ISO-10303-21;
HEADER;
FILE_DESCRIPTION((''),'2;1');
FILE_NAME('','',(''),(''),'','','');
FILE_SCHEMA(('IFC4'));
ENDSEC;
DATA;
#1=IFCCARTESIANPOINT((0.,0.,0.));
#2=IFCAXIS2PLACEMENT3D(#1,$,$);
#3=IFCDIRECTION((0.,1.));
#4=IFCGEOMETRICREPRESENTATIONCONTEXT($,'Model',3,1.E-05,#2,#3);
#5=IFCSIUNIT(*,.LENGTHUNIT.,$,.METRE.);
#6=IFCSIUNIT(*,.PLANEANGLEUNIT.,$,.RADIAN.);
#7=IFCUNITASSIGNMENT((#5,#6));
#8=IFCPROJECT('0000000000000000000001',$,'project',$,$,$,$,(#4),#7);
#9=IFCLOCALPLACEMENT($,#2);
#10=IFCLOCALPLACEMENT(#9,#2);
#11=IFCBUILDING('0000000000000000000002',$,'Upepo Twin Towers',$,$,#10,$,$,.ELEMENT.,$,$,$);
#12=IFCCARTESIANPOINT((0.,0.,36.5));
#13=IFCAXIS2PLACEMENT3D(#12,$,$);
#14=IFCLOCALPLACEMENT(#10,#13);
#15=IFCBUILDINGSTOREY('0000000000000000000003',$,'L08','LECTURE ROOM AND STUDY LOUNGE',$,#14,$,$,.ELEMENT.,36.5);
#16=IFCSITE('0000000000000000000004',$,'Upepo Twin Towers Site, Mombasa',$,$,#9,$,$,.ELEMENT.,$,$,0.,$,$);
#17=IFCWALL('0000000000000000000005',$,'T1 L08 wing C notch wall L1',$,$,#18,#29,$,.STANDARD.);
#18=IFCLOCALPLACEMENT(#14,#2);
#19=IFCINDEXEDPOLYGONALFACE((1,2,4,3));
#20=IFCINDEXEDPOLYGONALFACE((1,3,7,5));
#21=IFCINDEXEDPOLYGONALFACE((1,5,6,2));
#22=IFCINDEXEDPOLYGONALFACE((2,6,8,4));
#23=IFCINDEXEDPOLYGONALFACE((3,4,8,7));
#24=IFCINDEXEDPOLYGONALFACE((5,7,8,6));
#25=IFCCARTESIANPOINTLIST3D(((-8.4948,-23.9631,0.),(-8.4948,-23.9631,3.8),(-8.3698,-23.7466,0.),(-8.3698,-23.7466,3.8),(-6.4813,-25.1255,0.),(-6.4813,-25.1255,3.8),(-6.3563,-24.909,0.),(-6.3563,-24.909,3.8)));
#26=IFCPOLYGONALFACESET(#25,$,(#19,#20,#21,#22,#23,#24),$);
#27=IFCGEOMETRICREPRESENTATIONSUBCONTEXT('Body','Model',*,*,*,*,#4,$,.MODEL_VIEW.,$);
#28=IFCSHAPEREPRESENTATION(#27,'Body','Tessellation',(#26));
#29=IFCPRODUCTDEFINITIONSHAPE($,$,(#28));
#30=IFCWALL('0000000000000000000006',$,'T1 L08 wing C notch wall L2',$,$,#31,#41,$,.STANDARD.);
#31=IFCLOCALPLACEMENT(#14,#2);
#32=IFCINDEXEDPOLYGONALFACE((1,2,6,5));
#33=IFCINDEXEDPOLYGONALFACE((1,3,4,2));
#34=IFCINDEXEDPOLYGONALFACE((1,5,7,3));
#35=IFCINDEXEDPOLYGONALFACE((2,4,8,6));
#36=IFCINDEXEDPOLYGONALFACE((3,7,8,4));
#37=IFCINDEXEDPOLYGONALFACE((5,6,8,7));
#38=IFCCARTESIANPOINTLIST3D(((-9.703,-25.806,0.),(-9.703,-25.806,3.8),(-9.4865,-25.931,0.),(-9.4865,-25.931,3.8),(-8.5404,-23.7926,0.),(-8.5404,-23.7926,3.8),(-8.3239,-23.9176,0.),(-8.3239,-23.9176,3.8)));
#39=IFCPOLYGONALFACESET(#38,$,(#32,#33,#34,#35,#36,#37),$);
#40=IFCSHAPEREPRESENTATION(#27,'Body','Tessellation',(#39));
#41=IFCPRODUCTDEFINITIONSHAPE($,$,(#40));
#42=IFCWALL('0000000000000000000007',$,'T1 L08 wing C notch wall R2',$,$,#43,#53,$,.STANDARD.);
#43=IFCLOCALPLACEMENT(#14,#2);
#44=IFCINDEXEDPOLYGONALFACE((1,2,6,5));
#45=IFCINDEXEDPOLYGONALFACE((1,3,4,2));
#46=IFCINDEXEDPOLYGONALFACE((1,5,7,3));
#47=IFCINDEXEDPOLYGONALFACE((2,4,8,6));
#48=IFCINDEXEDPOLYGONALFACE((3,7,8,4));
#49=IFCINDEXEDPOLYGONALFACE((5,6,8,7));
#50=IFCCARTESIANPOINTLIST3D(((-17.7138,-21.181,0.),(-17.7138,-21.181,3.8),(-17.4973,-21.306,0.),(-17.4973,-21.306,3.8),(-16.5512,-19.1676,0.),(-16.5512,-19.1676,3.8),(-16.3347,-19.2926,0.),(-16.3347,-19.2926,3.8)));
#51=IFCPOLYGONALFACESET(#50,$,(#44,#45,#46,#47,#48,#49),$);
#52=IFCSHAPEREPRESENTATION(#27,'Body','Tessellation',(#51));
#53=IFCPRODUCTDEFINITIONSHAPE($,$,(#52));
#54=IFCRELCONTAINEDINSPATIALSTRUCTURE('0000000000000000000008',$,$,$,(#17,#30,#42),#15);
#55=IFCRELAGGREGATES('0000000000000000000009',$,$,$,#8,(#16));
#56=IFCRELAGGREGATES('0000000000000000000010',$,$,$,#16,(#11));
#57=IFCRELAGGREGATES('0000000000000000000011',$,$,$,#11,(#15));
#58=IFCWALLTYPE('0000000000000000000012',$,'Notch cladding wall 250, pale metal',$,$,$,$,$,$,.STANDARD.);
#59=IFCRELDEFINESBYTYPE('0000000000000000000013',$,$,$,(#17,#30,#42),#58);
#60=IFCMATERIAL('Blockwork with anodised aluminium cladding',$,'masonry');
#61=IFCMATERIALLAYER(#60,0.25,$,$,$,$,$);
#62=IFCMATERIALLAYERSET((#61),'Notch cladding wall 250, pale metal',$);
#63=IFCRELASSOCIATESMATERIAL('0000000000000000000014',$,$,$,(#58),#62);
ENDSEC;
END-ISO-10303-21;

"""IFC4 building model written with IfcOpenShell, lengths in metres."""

from ifc_helpers import new_model, si_unit, direction, frame, frame_2d, origin, place, context, subcontext, project, spatial, rectangle, extrude, material, layer, layer_set, type_object, element, save


model = new_model("IFC4")

# Units and contexts
model_context = context("Model", 3, precision=1e-05, world=origin(), true_north=direction((0.0, 1.0)))
body_context = subcontext(model_context, "Body", "Model", "MODEL_VIEW")
ifc_project = project(units=[si_unit("LENGTHUNIT", "METRE"), si_unit("PLANEANGLEUNIT", "RADIAN")], contexts=[model_context])

# Site, building, storey
site_placement = place(None, origin())
site = spatial("IfcSite", under=ifc_project, at=site_placement, Name="Upepo Twin Towers Site, Mombasa", CompositionType="ELEMENT", RefElevation=0.0)
building_placement = place(site_placement, origin())
building = spatial("IfcBuilding", under=site, at=building_placement, Name="Upepo Twin Towers", CompositionType="ELEMENT")
storey_placement = place(building_placement, frame((0.0, 0.0, 36.5)))
storey = spatial("IfcBuildingStorey", under=building, at=storey_placement, Name="L08", Description="LECTURE ROOM AND STUDY LOUNGE", CompositionType="ELEMENT", Elevation=36.5)

# Walls
ifc_material_1 = material(Name="Blockwork with anodised aluminium cladding", Category="masonry")
ifc_layer_1 = layer(ifc_material_1, 0.25)
ifc_layer_set_1 = layer_set([ifc_layer_1], Name="Notch cladding wall 250, pale metal")
wall_type_1 = type_object("IfcWallType", Name="Notch cladding wall 250, pale metal", PredefinedType="STANDARD", material=ifc_layer_set_1)
for number, where, z_axis, x_axis, name in (
    (1, (-6.4187, -25.0173, 0.0), (0.0, 0.0, 1.0), (-0.866044, 0.499968, 0.0), "T1 L08 wing C notch wall L1"),
    (2, (-8.4321, -23.855, 0.0), (0.0, 0.0, 1.0), (-0.500047, -0.865998, 0.0), "T1 L08 wing C notch wall L2"),
    (3, (-16.4429, -19.23, 0.0), (0.0, 0.0, 1.0), (-0.500047, -0.865998, 0.0), "T1 L08 wing C notch wall R2"),
):
    element("IfcWall", number, at=place(storey_placement, frame(where, z_axis=z_axis, x_axis=x_axis)), inside=storey, type_object=wall_type_1, Name=name, PredefinedType="STANDARD", context=body_context, shape_type="SweptSolid", body=[
        extrude(rectangle(XDim=2.325, YDim=0.25, at=frame_2d((1.1626, 0.0))), origin(), (0.0, 0.0, 1.0), 3.8),
    ])

save(model, "model.ifc")
